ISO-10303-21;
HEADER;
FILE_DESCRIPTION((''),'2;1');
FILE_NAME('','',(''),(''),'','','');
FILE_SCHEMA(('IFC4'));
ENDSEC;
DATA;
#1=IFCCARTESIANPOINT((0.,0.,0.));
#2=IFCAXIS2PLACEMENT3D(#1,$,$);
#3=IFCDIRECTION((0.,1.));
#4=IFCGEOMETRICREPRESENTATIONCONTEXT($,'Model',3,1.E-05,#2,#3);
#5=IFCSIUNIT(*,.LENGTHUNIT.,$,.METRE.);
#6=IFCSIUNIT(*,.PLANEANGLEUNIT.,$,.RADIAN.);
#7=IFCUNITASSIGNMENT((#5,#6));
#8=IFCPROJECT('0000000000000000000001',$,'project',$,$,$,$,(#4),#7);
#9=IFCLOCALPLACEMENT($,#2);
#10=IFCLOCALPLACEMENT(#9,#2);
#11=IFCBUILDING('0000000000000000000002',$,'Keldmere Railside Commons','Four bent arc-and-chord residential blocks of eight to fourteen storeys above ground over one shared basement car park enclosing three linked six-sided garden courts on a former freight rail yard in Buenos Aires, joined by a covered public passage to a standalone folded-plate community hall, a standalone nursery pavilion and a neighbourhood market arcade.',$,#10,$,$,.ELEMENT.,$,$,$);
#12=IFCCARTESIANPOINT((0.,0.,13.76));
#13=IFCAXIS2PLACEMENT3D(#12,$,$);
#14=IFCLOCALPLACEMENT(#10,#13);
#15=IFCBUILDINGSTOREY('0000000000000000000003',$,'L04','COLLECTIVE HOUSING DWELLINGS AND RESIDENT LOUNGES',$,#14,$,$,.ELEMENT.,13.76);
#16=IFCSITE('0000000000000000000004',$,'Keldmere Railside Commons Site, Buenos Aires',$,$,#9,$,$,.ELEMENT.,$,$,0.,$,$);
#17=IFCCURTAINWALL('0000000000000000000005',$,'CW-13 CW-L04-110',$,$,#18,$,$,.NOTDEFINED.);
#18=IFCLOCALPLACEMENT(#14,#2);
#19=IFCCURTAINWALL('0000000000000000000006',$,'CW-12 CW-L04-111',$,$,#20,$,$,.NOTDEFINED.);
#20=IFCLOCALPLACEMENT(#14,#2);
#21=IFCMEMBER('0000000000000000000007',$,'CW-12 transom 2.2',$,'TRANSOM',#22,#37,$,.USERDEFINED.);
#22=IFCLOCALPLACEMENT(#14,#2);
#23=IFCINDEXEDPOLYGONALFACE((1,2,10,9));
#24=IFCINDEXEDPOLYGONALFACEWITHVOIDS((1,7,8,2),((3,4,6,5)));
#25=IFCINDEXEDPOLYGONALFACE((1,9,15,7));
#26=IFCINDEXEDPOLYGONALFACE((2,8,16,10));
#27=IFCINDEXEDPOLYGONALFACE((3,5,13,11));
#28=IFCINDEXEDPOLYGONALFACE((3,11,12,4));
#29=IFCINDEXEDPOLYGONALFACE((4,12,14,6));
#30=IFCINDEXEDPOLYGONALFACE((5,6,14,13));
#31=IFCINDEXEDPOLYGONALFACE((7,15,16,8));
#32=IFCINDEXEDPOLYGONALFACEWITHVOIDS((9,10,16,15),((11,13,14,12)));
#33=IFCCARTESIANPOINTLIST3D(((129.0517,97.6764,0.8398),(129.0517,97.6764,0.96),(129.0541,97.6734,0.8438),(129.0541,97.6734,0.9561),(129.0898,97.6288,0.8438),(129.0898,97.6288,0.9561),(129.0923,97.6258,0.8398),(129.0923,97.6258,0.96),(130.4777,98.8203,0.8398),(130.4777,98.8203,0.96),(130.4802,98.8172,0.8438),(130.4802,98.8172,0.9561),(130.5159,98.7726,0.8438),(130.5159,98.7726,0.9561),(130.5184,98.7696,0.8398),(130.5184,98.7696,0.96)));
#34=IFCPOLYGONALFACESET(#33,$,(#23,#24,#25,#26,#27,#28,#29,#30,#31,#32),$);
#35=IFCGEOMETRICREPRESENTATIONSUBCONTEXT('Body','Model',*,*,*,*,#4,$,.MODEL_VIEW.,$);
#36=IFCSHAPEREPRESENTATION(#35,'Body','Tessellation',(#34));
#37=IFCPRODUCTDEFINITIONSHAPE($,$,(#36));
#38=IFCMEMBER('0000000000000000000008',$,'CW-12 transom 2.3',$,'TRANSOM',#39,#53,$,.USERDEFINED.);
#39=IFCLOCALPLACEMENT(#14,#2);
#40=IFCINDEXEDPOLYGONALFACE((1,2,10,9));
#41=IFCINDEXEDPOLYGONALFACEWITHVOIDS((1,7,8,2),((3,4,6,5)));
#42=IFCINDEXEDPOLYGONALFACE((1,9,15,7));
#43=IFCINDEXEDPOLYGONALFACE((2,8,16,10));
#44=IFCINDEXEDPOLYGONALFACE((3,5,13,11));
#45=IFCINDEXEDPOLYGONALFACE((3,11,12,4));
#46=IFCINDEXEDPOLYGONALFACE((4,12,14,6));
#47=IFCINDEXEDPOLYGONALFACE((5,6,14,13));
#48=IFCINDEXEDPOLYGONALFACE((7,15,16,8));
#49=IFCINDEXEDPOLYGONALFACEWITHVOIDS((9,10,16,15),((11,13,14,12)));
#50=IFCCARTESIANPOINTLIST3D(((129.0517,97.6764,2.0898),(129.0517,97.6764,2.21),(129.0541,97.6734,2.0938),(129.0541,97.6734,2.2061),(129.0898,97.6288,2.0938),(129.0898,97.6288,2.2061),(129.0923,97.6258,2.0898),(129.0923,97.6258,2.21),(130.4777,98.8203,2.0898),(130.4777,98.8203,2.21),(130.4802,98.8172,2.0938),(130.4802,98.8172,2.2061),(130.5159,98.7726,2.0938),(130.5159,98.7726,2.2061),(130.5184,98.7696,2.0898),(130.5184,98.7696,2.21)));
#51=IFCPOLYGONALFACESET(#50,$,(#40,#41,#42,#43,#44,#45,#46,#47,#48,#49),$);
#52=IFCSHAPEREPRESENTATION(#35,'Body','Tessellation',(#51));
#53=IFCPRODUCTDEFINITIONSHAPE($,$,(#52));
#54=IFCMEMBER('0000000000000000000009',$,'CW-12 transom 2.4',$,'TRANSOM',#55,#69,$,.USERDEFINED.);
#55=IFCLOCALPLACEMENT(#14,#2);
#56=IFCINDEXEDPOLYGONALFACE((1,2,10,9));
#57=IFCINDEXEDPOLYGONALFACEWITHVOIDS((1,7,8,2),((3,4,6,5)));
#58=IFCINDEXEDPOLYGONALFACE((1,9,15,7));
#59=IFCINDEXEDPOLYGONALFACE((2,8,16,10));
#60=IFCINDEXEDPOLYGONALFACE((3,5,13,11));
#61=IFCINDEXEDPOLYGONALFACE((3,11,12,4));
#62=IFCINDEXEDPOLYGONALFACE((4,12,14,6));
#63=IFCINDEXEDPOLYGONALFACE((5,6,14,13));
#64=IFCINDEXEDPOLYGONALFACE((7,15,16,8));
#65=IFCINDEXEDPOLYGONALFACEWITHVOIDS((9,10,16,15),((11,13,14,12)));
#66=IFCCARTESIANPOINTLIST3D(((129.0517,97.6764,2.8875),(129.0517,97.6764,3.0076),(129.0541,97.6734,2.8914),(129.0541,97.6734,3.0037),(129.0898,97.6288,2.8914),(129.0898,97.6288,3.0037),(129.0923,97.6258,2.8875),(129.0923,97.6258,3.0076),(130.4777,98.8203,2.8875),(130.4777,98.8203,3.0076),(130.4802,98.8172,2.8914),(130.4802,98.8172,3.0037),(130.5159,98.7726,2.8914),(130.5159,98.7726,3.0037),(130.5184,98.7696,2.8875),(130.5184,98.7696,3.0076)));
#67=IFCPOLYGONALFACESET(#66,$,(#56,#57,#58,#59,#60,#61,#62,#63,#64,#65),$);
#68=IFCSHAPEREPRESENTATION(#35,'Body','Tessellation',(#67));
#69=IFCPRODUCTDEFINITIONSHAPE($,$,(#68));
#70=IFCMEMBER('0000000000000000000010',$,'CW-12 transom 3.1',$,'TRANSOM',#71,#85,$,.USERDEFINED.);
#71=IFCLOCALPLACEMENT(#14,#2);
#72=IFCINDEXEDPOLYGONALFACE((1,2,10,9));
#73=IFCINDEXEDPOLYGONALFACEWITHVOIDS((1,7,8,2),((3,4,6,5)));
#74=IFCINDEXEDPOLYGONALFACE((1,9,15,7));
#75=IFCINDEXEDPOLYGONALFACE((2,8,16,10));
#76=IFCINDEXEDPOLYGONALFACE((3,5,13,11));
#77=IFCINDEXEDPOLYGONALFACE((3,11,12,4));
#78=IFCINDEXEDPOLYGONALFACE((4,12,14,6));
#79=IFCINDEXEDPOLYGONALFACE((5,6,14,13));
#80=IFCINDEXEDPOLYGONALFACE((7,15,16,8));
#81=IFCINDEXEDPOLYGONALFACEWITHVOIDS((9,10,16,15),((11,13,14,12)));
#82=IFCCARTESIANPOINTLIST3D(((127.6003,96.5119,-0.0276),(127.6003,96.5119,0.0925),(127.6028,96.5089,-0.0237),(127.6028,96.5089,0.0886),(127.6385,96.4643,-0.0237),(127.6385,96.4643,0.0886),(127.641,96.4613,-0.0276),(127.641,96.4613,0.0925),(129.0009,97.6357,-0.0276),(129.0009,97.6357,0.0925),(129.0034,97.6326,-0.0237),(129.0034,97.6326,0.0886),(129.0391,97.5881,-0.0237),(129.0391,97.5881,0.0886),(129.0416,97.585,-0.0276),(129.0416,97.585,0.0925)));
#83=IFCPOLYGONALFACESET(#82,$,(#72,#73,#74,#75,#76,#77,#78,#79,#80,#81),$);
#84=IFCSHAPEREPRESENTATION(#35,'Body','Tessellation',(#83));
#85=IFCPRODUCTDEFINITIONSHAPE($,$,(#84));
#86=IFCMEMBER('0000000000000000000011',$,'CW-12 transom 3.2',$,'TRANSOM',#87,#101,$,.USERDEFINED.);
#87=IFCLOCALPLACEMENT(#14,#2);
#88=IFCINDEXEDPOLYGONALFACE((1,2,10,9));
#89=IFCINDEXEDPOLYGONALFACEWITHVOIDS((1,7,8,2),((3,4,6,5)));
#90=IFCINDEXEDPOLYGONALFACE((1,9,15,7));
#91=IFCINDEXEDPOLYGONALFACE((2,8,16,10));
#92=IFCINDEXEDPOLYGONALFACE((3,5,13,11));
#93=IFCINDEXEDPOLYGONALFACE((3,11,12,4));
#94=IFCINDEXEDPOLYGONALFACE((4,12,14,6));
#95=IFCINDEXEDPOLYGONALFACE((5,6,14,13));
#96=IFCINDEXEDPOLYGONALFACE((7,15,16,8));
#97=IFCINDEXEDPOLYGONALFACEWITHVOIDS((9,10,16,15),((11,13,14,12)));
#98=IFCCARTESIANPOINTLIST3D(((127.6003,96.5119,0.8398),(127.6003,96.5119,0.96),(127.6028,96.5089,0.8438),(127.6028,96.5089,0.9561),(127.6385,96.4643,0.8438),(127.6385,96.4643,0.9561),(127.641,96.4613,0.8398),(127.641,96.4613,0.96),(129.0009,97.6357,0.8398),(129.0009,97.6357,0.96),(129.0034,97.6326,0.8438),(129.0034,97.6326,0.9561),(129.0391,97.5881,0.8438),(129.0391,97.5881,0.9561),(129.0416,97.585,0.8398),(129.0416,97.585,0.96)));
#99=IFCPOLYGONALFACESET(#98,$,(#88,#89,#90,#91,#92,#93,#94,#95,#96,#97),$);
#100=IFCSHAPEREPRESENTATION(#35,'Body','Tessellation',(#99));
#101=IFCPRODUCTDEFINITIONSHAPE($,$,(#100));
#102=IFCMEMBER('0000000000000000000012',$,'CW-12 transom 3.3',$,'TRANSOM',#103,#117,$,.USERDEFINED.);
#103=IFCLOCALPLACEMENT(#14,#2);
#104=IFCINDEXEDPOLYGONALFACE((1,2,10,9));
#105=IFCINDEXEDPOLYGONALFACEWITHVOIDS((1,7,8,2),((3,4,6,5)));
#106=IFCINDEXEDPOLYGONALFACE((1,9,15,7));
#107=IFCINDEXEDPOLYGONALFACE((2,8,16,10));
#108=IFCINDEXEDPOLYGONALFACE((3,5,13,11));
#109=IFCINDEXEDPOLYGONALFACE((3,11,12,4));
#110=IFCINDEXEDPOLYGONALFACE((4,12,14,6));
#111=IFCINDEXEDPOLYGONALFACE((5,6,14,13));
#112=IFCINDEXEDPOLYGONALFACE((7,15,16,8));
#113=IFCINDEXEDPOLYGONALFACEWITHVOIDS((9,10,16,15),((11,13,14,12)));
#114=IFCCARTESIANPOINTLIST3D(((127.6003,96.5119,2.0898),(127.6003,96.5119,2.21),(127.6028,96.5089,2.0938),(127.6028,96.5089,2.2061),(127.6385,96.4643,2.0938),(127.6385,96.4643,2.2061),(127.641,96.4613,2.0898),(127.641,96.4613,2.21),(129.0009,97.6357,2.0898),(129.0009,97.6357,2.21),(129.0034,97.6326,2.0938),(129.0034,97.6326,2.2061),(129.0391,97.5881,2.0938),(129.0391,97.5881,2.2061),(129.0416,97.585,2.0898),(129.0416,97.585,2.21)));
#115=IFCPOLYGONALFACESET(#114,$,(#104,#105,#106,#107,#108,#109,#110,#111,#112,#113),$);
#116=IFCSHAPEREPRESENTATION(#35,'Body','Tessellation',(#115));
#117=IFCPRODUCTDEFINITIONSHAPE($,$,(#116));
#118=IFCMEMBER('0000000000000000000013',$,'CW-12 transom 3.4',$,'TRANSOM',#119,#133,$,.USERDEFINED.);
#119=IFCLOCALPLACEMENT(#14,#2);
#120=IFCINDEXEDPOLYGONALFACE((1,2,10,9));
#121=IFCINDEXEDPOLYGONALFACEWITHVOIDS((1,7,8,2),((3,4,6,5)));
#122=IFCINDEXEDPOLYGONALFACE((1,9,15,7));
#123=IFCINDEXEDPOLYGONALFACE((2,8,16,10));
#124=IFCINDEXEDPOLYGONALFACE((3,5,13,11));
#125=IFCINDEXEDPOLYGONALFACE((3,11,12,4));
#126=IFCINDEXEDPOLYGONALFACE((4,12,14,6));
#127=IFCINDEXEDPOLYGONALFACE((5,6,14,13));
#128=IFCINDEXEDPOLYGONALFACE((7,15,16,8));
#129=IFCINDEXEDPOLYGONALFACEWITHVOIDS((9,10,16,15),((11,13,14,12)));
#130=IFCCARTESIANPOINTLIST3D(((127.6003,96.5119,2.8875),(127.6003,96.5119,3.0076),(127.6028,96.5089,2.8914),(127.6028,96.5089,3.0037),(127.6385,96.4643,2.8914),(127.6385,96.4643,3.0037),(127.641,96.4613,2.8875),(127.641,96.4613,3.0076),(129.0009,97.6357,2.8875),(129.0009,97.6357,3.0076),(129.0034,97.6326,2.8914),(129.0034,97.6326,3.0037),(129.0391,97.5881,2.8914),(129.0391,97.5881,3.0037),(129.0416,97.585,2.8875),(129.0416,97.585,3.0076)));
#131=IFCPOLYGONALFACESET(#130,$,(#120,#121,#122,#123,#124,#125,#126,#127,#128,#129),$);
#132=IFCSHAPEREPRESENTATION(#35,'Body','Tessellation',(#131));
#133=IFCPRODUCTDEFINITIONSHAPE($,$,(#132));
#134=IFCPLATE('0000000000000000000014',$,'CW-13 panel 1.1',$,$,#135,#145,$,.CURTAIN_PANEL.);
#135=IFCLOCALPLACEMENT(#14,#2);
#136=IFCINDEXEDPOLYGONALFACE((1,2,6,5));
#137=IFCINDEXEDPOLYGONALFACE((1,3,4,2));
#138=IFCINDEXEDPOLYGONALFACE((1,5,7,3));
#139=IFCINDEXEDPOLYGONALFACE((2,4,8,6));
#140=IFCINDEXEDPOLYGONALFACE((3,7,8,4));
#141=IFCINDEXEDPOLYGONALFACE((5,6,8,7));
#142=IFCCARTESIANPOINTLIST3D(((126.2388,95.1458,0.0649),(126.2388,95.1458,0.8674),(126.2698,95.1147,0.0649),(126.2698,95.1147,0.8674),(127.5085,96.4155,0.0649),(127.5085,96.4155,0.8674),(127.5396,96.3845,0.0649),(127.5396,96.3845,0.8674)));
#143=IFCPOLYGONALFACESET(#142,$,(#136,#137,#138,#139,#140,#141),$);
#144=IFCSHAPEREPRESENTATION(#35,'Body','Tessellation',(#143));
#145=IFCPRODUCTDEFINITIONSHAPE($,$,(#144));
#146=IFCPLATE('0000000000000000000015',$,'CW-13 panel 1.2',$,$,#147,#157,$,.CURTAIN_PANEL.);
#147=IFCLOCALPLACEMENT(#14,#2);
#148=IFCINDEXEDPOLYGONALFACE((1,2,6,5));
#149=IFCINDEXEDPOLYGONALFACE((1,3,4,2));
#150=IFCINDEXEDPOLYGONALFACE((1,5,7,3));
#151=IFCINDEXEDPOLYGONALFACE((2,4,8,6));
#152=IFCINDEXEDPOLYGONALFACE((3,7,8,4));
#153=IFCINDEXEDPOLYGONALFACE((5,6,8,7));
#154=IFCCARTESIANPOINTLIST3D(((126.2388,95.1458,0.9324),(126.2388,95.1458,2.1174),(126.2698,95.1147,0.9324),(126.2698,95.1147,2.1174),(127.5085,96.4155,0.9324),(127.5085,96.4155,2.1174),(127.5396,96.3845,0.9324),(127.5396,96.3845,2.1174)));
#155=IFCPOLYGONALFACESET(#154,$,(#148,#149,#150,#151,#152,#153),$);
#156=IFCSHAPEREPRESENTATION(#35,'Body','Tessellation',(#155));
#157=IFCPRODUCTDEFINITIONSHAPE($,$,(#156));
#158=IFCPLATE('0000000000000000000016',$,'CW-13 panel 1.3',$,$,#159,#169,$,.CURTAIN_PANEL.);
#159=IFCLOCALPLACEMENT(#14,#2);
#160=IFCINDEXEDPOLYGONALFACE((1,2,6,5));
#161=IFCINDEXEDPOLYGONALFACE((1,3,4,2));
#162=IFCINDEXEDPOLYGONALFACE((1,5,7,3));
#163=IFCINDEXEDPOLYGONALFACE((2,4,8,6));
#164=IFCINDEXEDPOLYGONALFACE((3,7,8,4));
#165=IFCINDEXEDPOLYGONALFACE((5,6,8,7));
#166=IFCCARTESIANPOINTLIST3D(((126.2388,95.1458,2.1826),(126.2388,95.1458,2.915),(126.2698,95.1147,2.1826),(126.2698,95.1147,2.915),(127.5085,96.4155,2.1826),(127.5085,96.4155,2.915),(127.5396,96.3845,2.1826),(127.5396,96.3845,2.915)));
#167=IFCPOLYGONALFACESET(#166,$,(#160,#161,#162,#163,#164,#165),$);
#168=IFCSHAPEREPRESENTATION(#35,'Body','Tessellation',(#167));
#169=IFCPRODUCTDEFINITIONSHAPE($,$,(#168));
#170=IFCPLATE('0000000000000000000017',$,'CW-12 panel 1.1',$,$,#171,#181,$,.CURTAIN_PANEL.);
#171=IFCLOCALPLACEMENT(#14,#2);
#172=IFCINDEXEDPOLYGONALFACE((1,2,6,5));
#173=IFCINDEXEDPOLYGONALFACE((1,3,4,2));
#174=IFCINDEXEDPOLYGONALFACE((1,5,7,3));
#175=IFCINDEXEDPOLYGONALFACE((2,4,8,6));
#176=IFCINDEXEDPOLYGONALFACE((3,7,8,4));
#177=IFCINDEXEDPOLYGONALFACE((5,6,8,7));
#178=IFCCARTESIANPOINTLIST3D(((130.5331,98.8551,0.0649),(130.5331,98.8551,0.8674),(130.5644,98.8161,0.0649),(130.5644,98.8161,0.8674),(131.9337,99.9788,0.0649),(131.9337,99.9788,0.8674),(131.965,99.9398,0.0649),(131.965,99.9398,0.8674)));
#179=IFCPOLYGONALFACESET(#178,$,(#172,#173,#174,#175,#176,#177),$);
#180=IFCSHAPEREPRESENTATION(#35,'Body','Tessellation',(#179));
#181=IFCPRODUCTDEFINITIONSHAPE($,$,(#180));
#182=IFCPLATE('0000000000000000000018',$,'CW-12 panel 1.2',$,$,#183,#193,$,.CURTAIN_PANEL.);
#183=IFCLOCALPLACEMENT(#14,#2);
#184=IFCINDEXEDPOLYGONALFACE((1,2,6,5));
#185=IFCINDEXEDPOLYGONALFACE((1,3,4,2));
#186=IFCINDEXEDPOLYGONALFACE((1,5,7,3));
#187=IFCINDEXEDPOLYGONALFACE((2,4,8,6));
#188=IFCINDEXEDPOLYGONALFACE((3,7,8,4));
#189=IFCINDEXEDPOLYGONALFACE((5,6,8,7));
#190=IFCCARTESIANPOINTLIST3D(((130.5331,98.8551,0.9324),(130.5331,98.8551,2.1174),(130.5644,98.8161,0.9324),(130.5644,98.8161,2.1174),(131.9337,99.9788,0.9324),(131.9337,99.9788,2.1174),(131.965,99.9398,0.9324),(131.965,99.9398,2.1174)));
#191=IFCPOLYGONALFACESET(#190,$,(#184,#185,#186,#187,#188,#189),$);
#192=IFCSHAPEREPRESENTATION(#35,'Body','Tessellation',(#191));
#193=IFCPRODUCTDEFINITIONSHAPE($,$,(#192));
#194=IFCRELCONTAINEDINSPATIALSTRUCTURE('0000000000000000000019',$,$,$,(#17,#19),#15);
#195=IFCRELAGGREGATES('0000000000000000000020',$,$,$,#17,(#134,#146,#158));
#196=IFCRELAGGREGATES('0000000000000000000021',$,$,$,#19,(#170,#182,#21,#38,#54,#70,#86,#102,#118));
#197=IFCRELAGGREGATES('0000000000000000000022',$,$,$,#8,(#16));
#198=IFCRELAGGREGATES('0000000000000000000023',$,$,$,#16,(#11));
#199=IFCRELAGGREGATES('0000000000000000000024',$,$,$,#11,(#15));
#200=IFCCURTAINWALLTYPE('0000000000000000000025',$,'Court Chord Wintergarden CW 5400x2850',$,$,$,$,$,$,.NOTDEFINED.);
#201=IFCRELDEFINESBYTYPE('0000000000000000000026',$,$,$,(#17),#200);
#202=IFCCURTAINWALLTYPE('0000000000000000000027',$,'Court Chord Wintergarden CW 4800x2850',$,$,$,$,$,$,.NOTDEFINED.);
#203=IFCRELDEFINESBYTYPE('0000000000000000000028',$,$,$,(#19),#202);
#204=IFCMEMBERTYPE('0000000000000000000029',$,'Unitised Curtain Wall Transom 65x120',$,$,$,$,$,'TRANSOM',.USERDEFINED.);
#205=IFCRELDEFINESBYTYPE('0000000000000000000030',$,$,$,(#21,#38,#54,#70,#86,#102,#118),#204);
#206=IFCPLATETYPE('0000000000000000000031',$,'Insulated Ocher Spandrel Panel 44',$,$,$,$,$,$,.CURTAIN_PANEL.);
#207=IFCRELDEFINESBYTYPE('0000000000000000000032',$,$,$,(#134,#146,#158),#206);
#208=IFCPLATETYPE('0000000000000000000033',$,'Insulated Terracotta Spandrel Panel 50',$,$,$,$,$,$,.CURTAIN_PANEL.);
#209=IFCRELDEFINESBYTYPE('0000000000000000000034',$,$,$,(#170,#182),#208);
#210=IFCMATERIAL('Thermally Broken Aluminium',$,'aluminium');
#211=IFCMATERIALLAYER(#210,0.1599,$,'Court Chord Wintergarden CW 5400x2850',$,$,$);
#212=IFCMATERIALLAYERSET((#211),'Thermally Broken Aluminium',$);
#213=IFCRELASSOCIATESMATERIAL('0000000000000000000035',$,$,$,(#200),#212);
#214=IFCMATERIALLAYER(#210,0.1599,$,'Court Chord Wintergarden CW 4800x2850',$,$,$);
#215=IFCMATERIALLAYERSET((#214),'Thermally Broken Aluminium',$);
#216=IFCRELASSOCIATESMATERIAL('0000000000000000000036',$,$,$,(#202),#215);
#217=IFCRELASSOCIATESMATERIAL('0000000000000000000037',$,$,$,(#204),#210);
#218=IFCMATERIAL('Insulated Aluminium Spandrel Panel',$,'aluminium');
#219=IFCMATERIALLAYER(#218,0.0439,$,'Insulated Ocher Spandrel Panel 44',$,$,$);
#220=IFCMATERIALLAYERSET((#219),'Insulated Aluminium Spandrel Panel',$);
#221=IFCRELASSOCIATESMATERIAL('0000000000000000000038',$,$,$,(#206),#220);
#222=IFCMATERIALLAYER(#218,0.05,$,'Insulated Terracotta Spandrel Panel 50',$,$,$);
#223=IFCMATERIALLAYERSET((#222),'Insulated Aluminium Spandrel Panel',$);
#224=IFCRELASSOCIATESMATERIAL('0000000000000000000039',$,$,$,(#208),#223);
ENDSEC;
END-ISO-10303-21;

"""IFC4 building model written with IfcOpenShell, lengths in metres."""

from ifc_helpers import new_model, si_unit, direction, frame, origin, origin_2d, place, context, subcontext, project, spatial, rectangle, hollow_rectangle, extrude, material, layer, layer_set, material_profile, profile_set, type_object, element, aggregate, save


model = new_model("IFC4")

# Units and contexts
model_context = context("Model", 3, precision=1e-05, world=origin(), true_north=direction((0.0, 1.0)))
body_context = subcontext(model_context, "Body", "Model", "MODEL_VIEW")
ifc_project = project(units=[si_unit("LENGTHUNIT", "METRE"), si_unit("PLANEANGLEUNIT", "RADIAN")], contexts=[model_context])

# Site, building, storey
site_placement = place(None, origin())
site = spatial("IfcSite", under=ifc_project, at=site_placement, Name="Keldmere Railside Commons Site, Buenos Aires", CompositionType="ELEMENT", RefElevation=0.0)
building_placement = place(site_placement, origin())
building = spatial("IfcBuilding", under=site, at=building_placement, Name="Keldmere Railside Commons", Description="Four bent arc-and-chord residential blocks of eight to fourteen storeys above ground over one shared basement car park enclosing three linked six-sided garden courts on a former freight rail yard in Buenos Aires, joined by a covered public passage to a standalone folded-plate community hall, a standalone nursery pavilion and a neighbourhood market arcade.", CompositionType="ELEMENT")
storey_placement = place(building_placement, frame((0.0, 0.0, 13.76)))
storey = spatial("IfcBuildingStorey", under=building, at=storey_placement, Name="L04", Description="COLLECTIVE HOUSING DWELLINGS AND RESIDENT LOUNGES", CompositionType="ELEMENT", Elevation=13.76)

# Curtain walls
ifc_material_1 = material(Name="Thermally Broken Aluminium", Category="aluminium")
ifc_layer_1 = layer(ifc_material_1, 0.1599, Name="Court Chord Wintergarden CW 5400x2850")
ifc_layer_set_1 = layer_set([ifc_layer_1], Name="Thermally Broken Aluminium")
curtain_wall_type_1 = type_object("IfcCurtainWallType", Name="Court Chord Wintergarden CW 5400x2850", PredefinedType="NOTDEFINED", material=ifc_layer_set_1)
curtain_wall_1_placement = place(storey_placement, origin())
curtain_wall_1 = element("IfcCurtainWall", 1, at=curtain_wall_1_placement, inside=storey, type_object=curtain_wall_type_1, Name="CW-13 CW-L04-110", PredefinedType="NOTDEFINED")
ifc_layer_2 = layer(ifc_material_1, 0.1599, Name="Court Chord Wintergarden CW 4800x2850")
ifc_layer_set_2 = layer_set([ifc_layer_2], Name="Thermally Broken Aluminium")
curtain_wall_type_2 = type_object("IfcCurtainWallType", Name="Court Chord Wintergarden CW 4800x2850", PredefinedType="NOTDEFINED", material=ifc_layer_set_2)
curtain_wall_2_placement = place(storey_placement, origin())
curtain_wall_2 = element("IfcCurtainWall", 2, at=curtain_wall_2_placement, inside=storey, type_object=curtain_wall_type_2, Name="CW-12 CW-L04-111", PredefinedType="NOTDEFINED")

# Members
ifc_material_profile_1 = material_profile(ifc_material_1, hollow_rectangle(XDim=0.0649, YDim=0.1201, WallThickness=0.0039, at=origin_2d()), Name="ALU-TRAN-65x120")
ifc_profile_set_1 = profile_set([ifc_material_profile_1], Name="Thermally Broken Aluminium")
member_type_1 = type_object("IfcMemberType", Name="Unitised Curtain Wall Transom 65x120", ElementType="TRANSOM", PredefinedType="USERDEFINED", material=ifc_profile_set_1)
member_1_placement = place(storey_placement, frame((130.498, 98.7949, 0.8999), z_axis=(-0.780073, -0.625688, 0.0), x_axis=(0.625688, -0.780073, 0.0)))
member_1 = element("IfcMember", 3, at=member_1_placement, type_object=member_type_1, Name="CW-12 transom 2.2", ObjectType="TRANSOM", PredefinedType="USERDEFINED", context=body_context, shape_type="SweptSolid", body=[
    extrude(hollow_rectangle(XDim=0.0649, YDim=0.1201, WallThickness=0.0039, at=origin_2d()), origin(), (0.0, 0.0, 1.0), 1.8281),
])
member_2_placement = place(storey_placement, frame((130.498, 98.7949, 2.1499), z_axis=(-0.780073, -0.625688, 0.0), x_axis=(0.625688, -0.780073, 0.0)))
member_2 = element("IfcMember", 4, at=member_2_placement, type_object=member_type_1, Name="CW-12 transom 2.3", ObjectType="TRANSOM", PredefinedType="USERDEFINED", context=body_context, shape_type="SweptSolid", body=[
    extrude(hollow_rectangle(XDim=0.0649, YDim=0.1201, WallThickness=0.0039, at=origin_2d()), origin(), (0.0, 0.0, 1.0), 1.8281),
])
member_3_placement = place(storey_placement, frame((130.498, 98.7949, 2.9475), z_axis=(-0.780073, -0.625688, 0.0), x_axis=(0.625688, -0.780073, 0.0)))
member_3 = element("IfcMember", 5, at=member_3_placement, type_object=member_type_1, Name="CW-12 transom 2.4", ObjectType="TRANSOM", PredefinedType="USERDEFINED", context=body_context, shape_type="SweptSolid", body=[
    extrude(hollow_rectangle(XDim=0.0649, YDim=0.1201, WallThickness=0.0039, at=origin_2d()), origin(), (0.0, 0.0, 1.0), 1.8281),
])
member_4_placement = place(storey_placement, frame((129.0212, 97.6104, 0.0325), z_axis=(-0.779979, -0.625805, 0.0), x_axis=(0.625805, -0.779979, 0.0)))
member_4 = element("IfcMember", 6, at=member_4_placement, type_object=member_type_1, Name="CW-12 transom 3.1", ObjectType="TRANSOM", PredefinedType="USERDEFINED", context=body_context, shape_type="SweptSolid", body=[
    extrude(hollow_rectangle(XDim=0.0649, YDim=0.1201, WallThickness=0.0039, at=origin_2d()), origin(), (0.0, 0.0, 1.0), 1.7957),
])
member_5_placement = place(storey_placement, frame((129.0212, 97.6104, 0.8999), z_axis=(-0.779979, -0.625805, 0.0), x_axis=(0.625805, -0.779979, 0.0)))
member_5 = element("IfcMember", 7, at=member_5_placement, type_object=member_type_1, Name="CW-12 transom 3.2", ObjectType="TRANSOM", PredefinedType="USERDEFINED", context=body_context, shape_type="SweptSolid", body=[
    extrude(hollow_rectangle(XDim=0.0649, YDim=0.1201, WallThickness=0.0039, at=origin_2d()), origin(), (0.0, 0.0, 1.0), 1.7957),
])
member_6_placement = place(storey_placement, frame((129.0212, 97.6104, 2.1499), z_axis=(-0.779979, -0.625805, 0.0), x_axis=(0.625805, -0.779979, 0.0)))
member_6 = element("IfcMember", 8, at=member_6_placement, type_object=member_type_1, Name="CW-12 transom 3.3", ObjectType="TRANSOM", PredefinedType="USERDEFINED", context=body_context, shape_type="SweptSolid", body=[
    extrude(hollow_rectangle(XDim=0.0649, YDim=0.1201, WallThickness=0.0039, at=origin_2d()), origin(), (0.0, 0.0, 1.0), 1.7957),
])
member_7_placement = place(storey_placement, frame((129.0212, 97.6104, 2.9475), z_axis=(-0.779979, -0.625805, 0.0), x_axis=(0.625805, -0.779979, 0.0)))
member_7 = element("IfcMember", 9, at=member_7_placement, type_object=member_type_1, Name="CW-12 transom 3.4", ObjectType="TRANSOM", PredefinedType="USERDEFINED", context=body_context, shape_type="SweptSolid", body=[
    extrude(hollow_rectangle(XDim=0.0649, YDim=0.1201, WallThickness=0.0039, at=origin_2d()), origin(), (0.0, 0.0, 1.0), 1.7957),
])

# Plates
ifc_material_2 = material(Name="Insulated Aluminium Spandrel Panel", Category="aluminium")
ifc_layer_3 = layer(ifc_material_2, 0.0439, Name="Insulated Ocher Spandrel Panel 44")
ifc_layer_set_3 = layer_set([ifc_layer_3], Name="Insulated Aluminium Spandrel Panel")
plate_type_1 = type_object("IfcPlateType", Name="Insulated Ocher Spandrel Panel 44", PredefinedType="CURTAIN_PANEL", material=ifc_layer_set_3)
plate_1_placement = place(storey_placement, frame((126.8892, 95.7651, 0.0649), z_axis=(0.0, 0.0, 1.0), x_axis=(-0.707107, -0.707107, 0.0)))
plate_1 = element("IfcPlate", 10, at=plate_1_placement, type_object=plate_type_1, Name="CW-13 panel 1.1", PredefinedType="CURTAIN_PANEL", context=body_context, shape_type="SweptSolid", body=[
    extrude(rectangle(XDim=1.7957, YDim=0.0439, at=origin_2d()), origin(), (0.0, 0.0, 1.0), 0.8025),
])
plate_2_placement = place(storey_placement, frame((126.8892, 95.7651, 0.9324), z_axis=(0.0, 0.0, 1.0), x_axis=(-0.707107, -0.707107, 0.0)))
plate_2 = element("IfcPlate", 11, at=plate_2_placement, type_object=plate_type_1, Name="CW-13 panel 1.2", PredefinedType="CURTAIN_PANEL", context=body_context, shape_type="SweptSolid", body=[
    extrude(rectangle(XDim=1.7957, YDim=0.0439, at=origin_2d()), origin(), (0.0, 0.0, 1.0), 1.1851),
])
plate_3_placement = place(storey_placement, frame((126.8892, 95.7651, 2.1826), z_axis=(0.0, 0.0, 1.0), x_axis=(-0.707107, -0.707107, 0.0)))
plate_3 = element("IfcPlate", 12, at=plate_3_placement, type_object=plate_type_1, Name="CW-13 panel 1.3", PredefinedType="CURTAIN_PANEL", context=body_context, shape_type="SweptSolid", body=[
    extrude(rectangle(XDim=1.7957, YDim=0.0439, at=origin_2d()), origin(), (0.0, 0.0, 1.0), 0.7324),
])
aggregate(curtain_wall_1, [plate_1, plate_2, plate_3])
ifc_layer_4 = layer(ifc_material_2, 0.05, Name="Insulated Terracotta Spandrel Panel 50")
ifc_layer_set_4 = layer_set([ifc_layer_4], Name="Insulated Aluminium Spandrel Panel")
plate_type_2 = type_object("IfcPlateType", Name="Insulated Terracotta Spandrel Panel 50", PredefinedType="CURTAIN_PANEL", material=ifc_layer_set_4)
plate_4_placement = place(storey_placement, frame((131.249, 99.3975, 0.0649), z_axis=(0.0, 0.0, 1.0), x_axis=(-0.780009, -0.625768, 0.0)))
plate_4 = element("IfcPlate", 13, at=plate_4_placement, type_object=plate_type_2, Name="CW-12 panel 1.1", PredefinedType="CURTAIN_PANEL", context=body_context, shape_type="SweptSolid", body=[
    extrude(rectangle(XDim=1.7957, YDim=0.05, at=origin_2d()), origin(), (0.0, 0.0, 1.0), 0.8025),
])
plate_5_placement = place(storey_placement, frame((131.249, 99.3975, 0.9324), z_axis=(0.0, 0.0, 1.0), x_axis=(-0.780009, -0.625768, 0.0)))
plate_5 = element("IfcPlate", 14, at=plate_5_placement, type_object=plate_type_2, Name="CW-12 panel 1.2", PredefinedType="CURTAIN_PANEL", context=body_context, shape_type="SweptSolid", body=[
    extrude(rectangle(XDim=1.7957, YDim=0.05, at=origin_2d()), origin(), (0.0, 0.0, 1.0), 1.1851),
])
aggregate(curtain_wall_2, [plate_4, plate_5, member_1, member_2, member_3, member_4, member_5, member_6, member_7])

save(model, "model.ifc")
